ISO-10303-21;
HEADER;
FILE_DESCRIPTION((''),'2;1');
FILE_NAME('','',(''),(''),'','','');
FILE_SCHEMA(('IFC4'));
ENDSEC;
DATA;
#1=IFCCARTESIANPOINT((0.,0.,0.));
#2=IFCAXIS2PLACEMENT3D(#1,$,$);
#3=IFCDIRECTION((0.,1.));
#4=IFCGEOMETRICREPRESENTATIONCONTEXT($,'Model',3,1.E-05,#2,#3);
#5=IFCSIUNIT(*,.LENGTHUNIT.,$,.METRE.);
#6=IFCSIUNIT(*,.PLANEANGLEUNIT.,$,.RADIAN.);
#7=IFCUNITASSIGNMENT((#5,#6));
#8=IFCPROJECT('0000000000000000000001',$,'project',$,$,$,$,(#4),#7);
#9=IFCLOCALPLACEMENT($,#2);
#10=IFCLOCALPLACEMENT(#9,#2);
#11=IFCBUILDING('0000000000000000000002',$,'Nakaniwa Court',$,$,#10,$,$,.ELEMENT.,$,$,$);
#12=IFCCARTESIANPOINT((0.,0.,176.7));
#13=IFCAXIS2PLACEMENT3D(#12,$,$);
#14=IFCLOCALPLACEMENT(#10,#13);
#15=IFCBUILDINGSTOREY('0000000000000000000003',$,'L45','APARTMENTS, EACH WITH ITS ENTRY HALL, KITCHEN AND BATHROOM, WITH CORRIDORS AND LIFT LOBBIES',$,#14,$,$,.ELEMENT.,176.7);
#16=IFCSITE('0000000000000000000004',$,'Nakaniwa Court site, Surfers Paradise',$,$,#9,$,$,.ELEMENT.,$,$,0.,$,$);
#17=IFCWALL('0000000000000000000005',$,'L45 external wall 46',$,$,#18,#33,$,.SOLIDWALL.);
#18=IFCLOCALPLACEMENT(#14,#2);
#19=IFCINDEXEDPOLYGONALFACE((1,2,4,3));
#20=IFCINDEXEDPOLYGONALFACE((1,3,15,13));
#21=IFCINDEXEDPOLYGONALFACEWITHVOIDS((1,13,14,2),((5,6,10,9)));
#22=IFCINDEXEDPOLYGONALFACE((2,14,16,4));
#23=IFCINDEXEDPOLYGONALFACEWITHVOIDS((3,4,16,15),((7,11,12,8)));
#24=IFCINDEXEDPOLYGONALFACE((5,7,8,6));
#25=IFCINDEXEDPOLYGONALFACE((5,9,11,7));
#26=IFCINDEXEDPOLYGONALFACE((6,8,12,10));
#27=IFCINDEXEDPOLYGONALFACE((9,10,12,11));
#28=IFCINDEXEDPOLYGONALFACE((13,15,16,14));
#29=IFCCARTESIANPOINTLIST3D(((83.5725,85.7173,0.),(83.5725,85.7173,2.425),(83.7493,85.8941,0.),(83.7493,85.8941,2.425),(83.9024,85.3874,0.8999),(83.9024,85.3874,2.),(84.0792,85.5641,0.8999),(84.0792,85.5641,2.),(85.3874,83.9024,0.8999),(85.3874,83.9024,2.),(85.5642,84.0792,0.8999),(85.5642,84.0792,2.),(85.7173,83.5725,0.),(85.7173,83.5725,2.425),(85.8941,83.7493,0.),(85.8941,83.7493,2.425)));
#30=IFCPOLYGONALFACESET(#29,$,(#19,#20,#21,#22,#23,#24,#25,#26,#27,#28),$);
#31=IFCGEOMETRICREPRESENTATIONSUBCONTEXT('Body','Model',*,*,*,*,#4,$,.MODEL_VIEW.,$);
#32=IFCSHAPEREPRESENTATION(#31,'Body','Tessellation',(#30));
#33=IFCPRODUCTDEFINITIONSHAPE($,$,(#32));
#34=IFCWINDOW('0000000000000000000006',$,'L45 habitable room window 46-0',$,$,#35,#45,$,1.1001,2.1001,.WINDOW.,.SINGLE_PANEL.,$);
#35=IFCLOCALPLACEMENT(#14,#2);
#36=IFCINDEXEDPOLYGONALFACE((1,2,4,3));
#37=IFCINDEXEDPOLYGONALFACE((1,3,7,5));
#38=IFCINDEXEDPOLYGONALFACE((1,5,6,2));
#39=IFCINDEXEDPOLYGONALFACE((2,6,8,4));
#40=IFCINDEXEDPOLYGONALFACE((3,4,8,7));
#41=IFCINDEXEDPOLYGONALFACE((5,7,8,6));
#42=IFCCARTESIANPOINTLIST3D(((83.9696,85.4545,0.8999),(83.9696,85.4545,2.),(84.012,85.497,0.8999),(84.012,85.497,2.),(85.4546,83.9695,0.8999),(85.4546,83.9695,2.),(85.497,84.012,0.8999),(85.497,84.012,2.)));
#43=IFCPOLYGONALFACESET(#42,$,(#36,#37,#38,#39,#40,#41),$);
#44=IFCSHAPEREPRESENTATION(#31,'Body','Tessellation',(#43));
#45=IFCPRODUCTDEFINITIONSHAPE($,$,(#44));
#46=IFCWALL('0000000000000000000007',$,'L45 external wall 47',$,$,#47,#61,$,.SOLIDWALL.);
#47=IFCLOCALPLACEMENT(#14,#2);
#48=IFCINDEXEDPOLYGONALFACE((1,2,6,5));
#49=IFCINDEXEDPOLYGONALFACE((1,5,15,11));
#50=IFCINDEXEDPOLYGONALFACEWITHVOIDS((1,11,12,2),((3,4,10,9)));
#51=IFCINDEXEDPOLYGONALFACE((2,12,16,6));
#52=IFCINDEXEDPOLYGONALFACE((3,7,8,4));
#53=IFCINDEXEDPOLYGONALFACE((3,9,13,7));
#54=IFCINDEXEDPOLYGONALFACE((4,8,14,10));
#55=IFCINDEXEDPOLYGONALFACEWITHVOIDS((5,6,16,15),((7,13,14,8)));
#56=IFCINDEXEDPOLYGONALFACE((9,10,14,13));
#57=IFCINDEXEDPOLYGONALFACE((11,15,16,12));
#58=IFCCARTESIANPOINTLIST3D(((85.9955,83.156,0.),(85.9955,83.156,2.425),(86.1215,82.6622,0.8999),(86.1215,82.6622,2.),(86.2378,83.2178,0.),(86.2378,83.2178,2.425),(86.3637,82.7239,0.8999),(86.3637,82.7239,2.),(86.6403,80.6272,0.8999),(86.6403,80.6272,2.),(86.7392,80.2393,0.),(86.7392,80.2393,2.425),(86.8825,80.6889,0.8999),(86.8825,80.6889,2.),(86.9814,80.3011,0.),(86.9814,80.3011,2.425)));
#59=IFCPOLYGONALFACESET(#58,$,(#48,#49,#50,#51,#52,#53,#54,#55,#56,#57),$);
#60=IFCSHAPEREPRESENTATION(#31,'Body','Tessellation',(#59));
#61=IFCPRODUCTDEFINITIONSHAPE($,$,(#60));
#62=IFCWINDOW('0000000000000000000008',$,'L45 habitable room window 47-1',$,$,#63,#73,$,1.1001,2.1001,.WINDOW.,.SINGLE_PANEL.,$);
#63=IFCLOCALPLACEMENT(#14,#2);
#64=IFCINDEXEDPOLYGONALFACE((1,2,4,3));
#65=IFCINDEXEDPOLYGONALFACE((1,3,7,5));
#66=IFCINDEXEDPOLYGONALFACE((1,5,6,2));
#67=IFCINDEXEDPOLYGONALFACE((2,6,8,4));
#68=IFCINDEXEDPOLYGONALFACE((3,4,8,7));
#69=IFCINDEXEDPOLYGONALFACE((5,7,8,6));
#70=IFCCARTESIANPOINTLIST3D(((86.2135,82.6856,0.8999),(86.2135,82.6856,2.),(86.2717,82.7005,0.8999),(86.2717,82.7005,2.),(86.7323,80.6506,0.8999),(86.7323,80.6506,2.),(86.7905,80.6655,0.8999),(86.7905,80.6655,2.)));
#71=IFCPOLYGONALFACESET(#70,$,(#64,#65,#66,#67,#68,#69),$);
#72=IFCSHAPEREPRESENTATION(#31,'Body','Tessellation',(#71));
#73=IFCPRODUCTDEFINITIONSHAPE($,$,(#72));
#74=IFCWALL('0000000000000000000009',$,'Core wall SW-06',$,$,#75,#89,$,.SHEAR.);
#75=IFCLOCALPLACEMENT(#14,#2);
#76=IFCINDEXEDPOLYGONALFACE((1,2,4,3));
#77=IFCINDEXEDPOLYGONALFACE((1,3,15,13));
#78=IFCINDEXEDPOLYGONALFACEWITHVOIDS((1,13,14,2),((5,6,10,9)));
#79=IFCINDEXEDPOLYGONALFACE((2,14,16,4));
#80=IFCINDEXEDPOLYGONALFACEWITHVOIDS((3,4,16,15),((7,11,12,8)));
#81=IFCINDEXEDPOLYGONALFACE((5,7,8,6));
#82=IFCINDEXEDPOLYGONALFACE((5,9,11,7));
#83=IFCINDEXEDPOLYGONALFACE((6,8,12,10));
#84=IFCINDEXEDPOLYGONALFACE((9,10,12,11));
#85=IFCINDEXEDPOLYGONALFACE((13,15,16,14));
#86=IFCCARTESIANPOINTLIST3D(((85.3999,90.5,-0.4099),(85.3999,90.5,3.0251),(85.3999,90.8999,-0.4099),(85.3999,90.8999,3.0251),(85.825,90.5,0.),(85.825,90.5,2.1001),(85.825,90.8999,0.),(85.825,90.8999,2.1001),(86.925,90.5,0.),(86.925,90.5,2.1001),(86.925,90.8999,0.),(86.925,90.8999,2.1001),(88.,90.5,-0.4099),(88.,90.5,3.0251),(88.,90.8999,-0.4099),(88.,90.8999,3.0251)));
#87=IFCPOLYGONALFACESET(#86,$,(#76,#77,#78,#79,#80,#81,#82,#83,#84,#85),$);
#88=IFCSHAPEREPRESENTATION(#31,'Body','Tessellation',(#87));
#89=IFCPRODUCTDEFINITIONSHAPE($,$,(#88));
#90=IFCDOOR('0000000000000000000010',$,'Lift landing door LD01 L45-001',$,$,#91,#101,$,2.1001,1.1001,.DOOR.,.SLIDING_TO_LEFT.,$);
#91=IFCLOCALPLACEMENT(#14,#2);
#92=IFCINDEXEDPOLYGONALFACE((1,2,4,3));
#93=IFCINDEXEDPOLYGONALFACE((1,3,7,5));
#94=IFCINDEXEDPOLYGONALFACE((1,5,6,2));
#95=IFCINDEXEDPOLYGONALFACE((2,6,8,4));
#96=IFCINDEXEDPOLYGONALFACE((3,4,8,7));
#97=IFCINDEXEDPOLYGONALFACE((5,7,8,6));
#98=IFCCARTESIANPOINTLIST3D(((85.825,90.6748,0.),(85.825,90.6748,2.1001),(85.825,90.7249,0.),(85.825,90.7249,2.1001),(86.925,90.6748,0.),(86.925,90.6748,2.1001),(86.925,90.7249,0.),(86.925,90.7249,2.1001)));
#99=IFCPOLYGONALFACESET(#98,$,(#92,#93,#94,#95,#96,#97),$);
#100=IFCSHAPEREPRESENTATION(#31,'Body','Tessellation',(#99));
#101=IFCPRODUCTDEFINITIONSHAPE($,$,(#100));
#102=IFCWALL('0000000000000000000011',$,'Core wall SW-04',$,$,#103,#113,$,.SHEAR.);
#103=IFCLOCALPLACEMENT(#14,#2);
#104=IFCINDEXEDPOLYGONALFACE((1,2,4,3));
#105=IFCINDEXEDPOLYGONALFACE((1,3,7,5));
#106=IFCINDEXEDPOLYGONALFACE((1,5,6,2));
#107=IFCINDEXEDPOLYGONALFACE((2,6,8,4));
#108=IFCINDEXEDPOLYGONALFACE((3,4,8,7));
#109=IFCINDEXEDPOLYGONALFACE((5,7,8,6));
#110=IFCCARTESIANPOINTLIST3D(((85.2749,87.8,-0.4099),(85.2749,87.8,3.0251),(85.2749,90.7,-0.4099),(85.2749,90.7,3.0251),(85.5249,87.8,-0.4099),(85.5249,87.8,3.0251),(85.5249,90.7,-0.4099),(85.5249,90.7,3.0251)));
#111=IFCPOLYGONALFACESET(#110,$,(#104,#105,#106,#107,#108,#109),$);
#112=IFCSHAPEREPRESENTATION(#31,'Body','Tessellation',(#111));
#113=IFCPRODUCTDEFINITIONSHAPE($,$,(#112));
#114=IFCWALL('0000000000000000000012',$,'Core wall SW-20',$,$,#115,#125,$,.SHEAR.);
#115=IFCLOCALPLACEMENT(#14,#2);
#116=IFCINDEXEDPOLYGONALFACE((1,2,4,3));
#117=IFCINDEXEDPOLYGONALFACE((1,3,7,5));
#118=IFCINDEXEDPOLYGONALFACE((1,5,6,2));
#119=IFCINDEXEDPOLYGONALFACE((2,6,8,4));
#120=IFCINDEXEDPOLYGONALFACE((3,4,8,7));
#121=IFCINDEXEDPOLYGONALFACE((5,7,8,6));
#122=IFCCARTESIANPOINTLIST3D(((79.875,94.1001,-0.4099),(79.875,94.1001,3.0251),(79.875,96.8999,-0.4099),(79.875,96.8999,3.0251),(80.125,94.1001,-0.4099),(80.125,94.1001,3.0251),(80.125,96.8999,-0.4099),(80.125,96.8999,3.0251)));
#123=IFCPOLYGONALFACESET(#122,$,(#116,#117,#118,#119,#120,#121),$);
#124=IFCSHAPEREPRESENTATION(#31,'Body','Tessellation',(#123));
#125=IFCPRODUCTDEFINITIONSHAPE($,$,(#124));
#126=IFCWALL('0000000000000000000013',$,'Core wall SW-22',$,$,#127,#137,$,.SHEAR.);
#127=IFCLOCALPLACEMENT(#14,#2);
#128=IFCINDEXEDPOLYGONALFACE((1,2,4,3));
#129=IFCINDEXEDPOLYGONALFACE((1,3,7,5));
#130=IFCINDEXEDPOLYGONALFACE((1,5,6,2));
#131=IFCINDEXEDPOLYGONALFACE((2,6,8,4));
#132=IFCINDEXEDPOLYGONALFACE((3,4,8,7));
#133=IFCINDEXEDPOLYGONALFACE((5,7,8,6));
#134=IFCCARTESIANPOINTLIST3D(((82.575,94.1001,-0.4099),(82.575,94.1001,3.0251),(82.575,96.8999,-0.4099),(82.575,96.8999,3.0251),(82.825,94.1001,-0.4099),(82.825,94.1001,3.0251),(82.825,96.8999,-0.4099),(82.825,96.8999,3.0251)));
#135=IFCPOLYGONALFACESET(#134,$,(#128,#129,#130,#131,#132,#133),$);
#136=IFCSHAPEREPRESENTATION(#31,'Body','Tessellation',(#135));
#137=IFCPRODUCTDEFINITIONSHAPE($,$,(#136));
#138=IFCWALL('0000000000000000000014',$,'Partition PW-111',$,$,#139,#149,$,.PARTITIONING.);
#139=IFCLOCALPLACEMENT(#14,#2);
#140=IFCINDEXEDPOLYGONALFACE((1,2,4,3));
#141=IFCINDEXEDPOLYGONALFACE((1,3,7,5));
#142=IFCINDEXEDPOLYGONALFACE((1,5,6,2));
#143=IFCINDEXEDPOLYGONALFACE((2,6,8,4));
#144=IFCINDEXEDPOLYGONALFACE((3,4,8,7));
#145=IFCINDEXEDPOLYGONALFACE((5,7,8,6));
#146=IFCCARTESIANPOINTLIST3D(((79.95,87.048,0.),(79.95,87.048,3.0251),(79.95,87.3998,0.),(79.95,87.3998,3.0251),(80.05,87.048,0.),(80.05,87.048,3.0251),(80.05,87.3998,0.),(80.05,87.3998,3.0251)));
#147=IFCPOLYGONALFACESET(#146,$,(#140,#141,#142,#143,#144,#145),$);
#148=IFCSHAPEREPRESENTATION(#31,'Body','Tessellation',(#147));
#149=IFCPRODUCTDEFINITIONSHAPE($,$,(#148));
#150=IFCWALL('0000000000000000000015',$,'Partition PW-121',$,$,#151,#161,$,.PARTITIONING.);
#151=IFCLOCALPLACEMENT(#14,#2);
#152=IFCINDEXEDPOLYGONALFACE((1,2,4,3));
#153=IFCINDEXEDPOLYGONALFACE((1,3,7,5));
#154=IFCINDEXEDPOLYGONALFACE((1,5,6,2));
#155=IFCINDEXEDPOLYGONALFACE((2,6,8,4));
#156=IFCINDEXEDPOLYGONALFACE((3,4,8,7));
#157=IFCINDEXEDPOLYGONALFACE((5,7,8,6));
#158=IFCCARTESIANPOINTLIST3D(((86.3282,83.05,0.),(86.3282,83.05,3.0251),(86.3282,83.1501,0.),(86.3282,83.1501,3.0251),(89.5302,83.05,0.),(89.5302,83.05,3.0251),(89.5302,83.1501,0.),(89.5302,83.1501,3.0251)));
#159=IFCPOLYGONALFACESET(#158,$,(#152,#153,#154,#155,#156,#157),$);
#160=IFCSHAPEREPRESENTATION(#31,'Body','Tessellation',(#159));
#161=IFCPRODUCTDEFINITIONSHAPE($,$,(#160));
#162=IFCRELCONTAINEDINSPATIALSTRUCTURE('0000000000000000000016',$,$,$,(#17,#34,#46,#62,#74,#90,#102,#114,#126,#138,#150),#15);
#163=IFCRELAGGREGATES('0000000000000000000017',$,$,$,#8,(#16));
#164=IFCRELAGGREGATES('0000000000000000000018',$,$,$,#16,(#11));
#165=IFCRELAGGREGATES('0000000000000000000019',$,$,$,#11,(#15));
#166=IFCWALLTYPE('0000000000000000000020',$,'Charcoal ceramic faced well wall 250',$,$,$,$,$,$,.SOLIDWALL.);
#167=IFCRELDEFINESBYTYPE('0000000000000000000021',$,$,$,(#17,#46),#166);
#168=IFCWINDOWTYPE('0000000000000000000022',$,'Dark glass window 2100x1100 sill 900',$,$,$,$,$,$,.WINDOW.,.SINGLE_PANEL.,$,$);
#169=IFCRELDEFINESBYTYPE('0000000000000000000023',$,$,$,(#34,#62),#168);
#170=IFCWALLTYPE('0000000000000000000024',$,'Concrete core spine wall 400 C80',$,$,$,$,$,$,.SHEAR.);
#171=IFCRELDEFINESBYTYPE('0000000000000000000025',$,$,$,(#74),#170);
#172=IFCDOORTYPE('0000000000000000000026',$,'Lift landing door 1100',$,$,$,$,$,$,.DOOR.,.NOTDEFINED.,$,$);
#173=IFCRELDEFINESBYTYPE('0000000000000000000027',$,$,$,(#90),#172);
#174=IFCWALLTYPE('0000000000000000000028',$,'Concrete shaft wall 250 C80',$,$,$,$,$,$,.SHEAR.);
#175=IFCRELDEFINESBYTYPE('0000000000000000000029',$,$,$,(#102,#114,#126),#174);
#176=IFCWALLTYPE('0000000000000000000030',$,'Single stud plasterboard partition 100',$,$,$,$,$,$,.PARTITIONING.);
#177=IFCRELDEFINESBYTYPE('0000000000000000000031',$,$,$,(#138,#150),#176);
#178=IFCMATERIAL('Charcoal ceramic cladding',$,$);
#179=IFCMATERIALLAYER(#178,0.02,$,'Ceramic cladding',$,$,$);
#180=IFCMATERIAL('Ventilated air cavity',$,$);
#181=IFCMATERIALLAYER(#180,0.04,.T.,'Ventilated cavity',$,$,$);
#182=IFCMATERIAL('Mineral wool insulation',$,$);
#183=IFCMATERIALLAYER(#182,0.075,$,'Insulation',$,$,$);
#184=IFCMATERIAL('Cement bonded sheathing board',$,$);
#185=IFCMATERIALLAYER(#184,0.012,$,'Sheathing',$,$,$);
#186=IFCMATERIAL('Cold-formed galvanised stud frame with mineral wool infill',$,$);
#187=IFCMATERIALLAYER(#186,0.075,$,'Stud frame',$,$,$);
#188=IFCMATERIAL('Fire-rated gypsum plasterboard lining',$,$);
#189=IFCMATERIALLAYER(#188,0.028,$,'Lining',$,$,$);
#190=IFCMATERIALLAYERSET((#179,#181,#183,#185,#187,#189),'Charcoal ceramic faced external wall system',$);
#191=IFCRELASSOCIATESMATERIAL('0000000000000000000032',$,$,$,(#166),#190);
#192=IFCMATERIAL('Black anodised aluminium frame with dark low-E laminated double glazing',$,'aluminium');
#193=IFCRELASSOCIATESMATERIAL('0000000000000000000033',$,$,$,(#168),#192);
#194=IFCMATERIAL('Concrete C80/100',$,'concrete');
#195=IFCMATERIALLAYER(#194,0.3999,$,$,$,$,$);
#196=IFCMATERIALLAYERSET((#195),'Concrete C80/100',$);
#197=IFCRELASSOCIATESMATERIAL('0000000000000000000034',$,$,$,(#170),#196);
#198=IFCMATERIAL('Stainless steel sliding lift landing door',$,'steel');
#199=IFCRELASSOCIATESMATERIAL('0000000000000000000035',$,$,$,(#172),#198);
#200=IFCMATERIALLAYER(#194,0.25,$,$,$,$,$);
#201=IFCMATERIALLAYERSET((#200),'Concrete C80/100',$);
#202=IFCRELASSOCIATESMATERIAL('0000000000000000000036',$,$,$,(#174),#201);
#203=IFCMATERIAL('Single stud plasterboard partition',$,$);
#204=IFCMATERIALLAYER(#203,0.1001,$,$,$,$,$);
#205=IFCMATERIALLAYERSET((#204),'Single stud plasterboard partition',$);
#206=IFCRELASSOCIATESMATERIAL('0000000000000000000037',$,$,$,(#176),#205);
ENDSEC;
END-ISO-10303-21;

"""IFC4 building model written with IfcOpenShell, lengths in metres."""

from ifc_helpers import new_model, si_unit, direction, frame, frame_2d, origin, place, context, subcontext, project, spatial, rectangle, extrude, material, layer, layer_set, type_object, element, fill, save


model = new_model("IFC4")

# Units and contexts
model_context = context("Model", 3, precision=1e-05, world=origin(), true_north=direction((0.0, 1.0)))
body_context = subcontext(model_context, "Body", "Model", "MODEL_VIEW")
ifc_project = project(units=[si_unit("LENGTHUNIT", "METRE"), si_unit("PLANEANGLEUNIT", "RADIAN")], contexts=[model_context])

# Site, building, storey
site_placement = place(None, origin())
site = spatial("IfcSite", under=ifc_project, at=site_placement, Name="Nakaniwa Court site, Surfers Paradise", CompositionType="ELEMENT", RefElevation=0.0)
building_placement = place(site_placement, origin())
building = spatial("IfcBuilding", under=site, at=building_placement, Name="Nakaniwa Court", CompositionType="ELEMENT")
storey_placement = place(building_placement, frame((0.0, 0.0, 176.7)))
storey = spatial("IfcBuildingStorey", under=building, at=storey_placement, Name="L45", Description="APARTMENTS, EACH WITH ITS ENTRY HALL, KITCHEN AND BATHROOM, WITH CORRIDORS AND LIFT LOBBIES", CompositionType="ELEMENT", Elevation=176.7)

# Shared definitions
ifc_material_1 = material(Name="Concrete C80/100", Category="concrete")

# Walls, openings, windows
ifc_material_2 = material(Name="Charcoal ceramic cladding")
ifc_layer_1 = layer(ifc_material_2, 0.02, Name="Ceramic cladding")
ifc_material_3 = material(Name="Ventilated air cavity")
ifc_layer_2 = layer(ifc_material_3, 0.04, ventilated=True, Name="Ventilated cavity")
ifc_material_4 = material(Name="Mineral wool insulation")
ifc_layer_3 = layer(ifc_material_4, 0.075, Name="Insulation")
ifc_material_5 = material(Name="Cement bonded sheathing board")
ifc_layer_4 = layer(ifc_material_5, 0.012, Name="Sheathing")
ifc_material_6 = material(Name="Cold-formed galvanised stud frame with mineral wool infill")
ifc_layer_5 = layer(ifc_material_6, 0.075, Name="Stud frame")
ifc_material_7 = material(Name="Fire-rated gypsum plasterboard lining")
ifc_layer_6 = layer(ifc_material_7, 0.028, Name="Lining")
ifc_layer_set_1 = layer_set([ifc_layer_1, ifc_layer_2, ifc_layer_3, ifc_layer_4, ifc_layer_5, ifc_layer_6], Name="Charcoal ceramic faced external wall system")
wall_type_1 = type_object("IfcWallType", Name="Charcoal ceramic faced well wall 250", PredefinedType="SOLIDWALL", material=ifc_layer_set_1)
ifc_material_8 = material(Name="Black anodised aluminium frame with dark low-E laminated double glazing", Category="aluminium")
window_type = type_object("IfcWindowType", Name="Dark glass window 2100x1100 sill 900", PartitioningType="SINGLE_PANEL", PredefinedType="WINDOW", material=ifc_material_8)
wall_1_placement = place(storey_placement, frame((83.6609, 85.8057, 0.0), z_axis=(0.0, 0.0, 1.0), x_axis=(0.707107, -0.707107, 0.0)))
wall_1 = element("IfcWall", 1, at=wall_1_placement, inside=storey, type_object=wall_type_1, Name="L45 external wall 46", PredefinedType="SOLIDWALL", context=body_context, shape_type="SweptSolid", body=[
    extrude(rectangle(XDim=3.0332, YDim=0.25, at=frame_2d((1.5166, 0.0))), origin(), (0.0, 0.0, 1.0), 2.425),
])
opening_1_placement = place(wall_1_placement, frame((0.4666, 0.0, 0.8999)))
opening_1 = element("IfcOpeningElement", 2, at=opening_1_placement, cuts=wall_1, PredefinedType="OPENING", context=body_context, shape_type="SweptSolid", body=[
    extrude(rectangle(XDim=2.1001, YDim=1.1001, at=frame_2d((1.05, 0.55))), frame((0.0, 0.135, 0.0), z_axis=(0.0, -1.0, 0.0), x_axis=(1.0, 0.0, 0.0)), (0.0, 0.0, 1.0), 0.27),
])
window_1_placement = place(opening_1_placement, origin())
window_1 = element("IfcWindow", 3, at=window_1_placement, inside=storey, type_object=window_type, Name="L45 habitable room window 46-0", OverallHeight=1.1001, OverallWidth=2.1001, PartitioningType="SINGLE_PANEL", PredefinedType="WINDOW", context=body_context, shape_type="SweptSolid", body=[
    extrude(rectangle(XDim=2.1001, YDim=1.1001, at=frame_2d((1.05, 0.55))), frame((0.0, 0.03, 0.0), z_axis=(0.0, -1.0, 0.0), x_axis=(1.0, 0.0, 0.0)), (0.0, 0.0, 1.0), 0.0601),
])
fill(opening_1, window_1)
wall_2_placement = place(storey_placement, frame((86.1167, 83.1868, 0.0), z_axis=(0.0, 0.0, 1.0), x_axis=(0.247056, -0.969001, 0.0)))
wall_2 = element("IfcWall", 4, at=wall_2_placement, inside=storey, type_object=wall_type_1, Name="L45 external wall 47", PredefinedType="SOLIDWALL", context=body_context, shape_type="SweptSolid", body=[
    extrude(rectangle(XDim=3.01, YDim=0.25, at=frame_2d((1.5049, 0.0))), origin(), (0.0, 0.0, 1.0), 2.425),
])
opening_2_placement = place(wall_2_placement, frame((0.5095, 0.0, 0.8999)))
opening_2 = element("IfcOpeningElement", 5, at=opening_2_placement, cuts=wall_2, PredefinedType="OPENING", context=body_context, shape_type="SweptSolid", body=[
    extrude(rectangle(XDim=2.1001, YDim=1.1001, at=frame_2d((1.05, 0.55))), frame((0.0, 0.135, 0.0), z_axis=(0.0, -1.0, 0.0), x_axis=(1.0, 0.0, 0.0)), (0.0, 0.0, 1.0), 0.27),
])
window_2_placement = place(opening_2_placement, origin())
window_2 = element("IfcWindow", 6, at=window_2_placement, inside=storey, type_object=window_type, Name="L45 habitable room window 47-1", OverallHeight=1.1001, OverallWidth=2.1001, PartitioningType="SINGLE_PANEL", PredefinedType="WINDOW", context=body_context, shape_type="SweptSolid", body=[
    extrude(rectangle(XDim=2.1001, YDim=1.1001, at=frame_2d((1.05, 0.55))), frame((0.0, 0.03, 0.0), z_axis=(0.0, -1.0, 0.0), x_axis=(1.0, 0.0, 0.0)), (0.0, 0.0, 1.0), 0.0601),
])
fill(opening_2, window_2)

# Wall, opening, door
ifc_layer_7 = layer(ifc_material_1, 0.3999)
ifc_layer_set_2 = layer_set([ifc_layer_7], Name="Concrete C80/100")
wall_type_2 = type_object("IfcWallType", Name="Concrete core spine wall 400 C80", PredefinedType="SHEAR", material=ifc_layer_set_2)
wall_3_placement = place(storey_placement, frame((85.3999, 90.7, -0.4099), z_axis=(0.0, 0.0, 1.0), x_axis=(1.0, 0.0, 0.0)))
wall_3 = element("IfcWall", 7, at=wall_3_placement, inside=storey, type_object=wall_type_2, Name="Core wall SW-06", PredefinedType="SHEAR", context=body_context, shape_type="SweptSolid", body=[
    extrude(rectangle(XDim=2.6001, YDim=0.3999, at=frame_2d((1.3, 0.0))), origin(), (0.0, 0.0, 1.0), 3.4351),
])
opening_3_placement = place(wall_3_placement, frame((0.425, 0.0, 0.4099)))
opening_3 = element("IfcOpeningElement", 8, at=opening_3_placement, cuts=wall_3, PredefinedType="OPENING", context=body_context, shape_type="SweptSolid", body=[
    extrude(rectangle(XDim=1.1001, YDim=2.1001, at=frame_2d((0.55, 1.05))), frame((0.0, 0.21, 0.0), z_axis=(0.0, -1.0, 0.0), x_axis=(1.0, 0.0, 0.0)), (0.0, 0.0, 1.0), 0.4199),
])
ifc_material_9 = material(Name="Stainless steel sliding lift landing door", Category="steel")
door_type_1 = type_object("IfcDoorType", Name="Lift landing door 1100", OperationType="NOTDEFINED", PredefinedType="DOOR", material=ifc_material_9)
door_1_placement = place(opening_3_placement, origin())
door_1 = element("IfcDoor", 9, at=door_1_placement, inside=storey, type_object=door_type_1, Name="Lift landing door LD01 L45-001", OperationType="SLIDING_TO_LEFT", OverallHeight=2.1001, OverallWidth=1.1001, PredefinedType="DOOR", context=body_context, shape_type="SweptSolid", body=[
    extrude(rectangle(XDim=1.1001, YDim=2.1001, at=frame_2d((0.55, 1.05))), frame((0.0, 0.0249, 0.0), z_axis=(0.0, -1.0, 0.0), x_axis=(1.0, 0.0, 0.0)), (0.0, 0.0, 1.0), 0.05),
])
fill(opening_3, door_1)

# Walls
ifc_layer_8 = layer(ifc_material_1, 0.25)
ifc_layer_set_3 = layer_set([ifc_layer_8], Name="Concrete C80/100")
wall_type_3 = type_object("IfcWallType", Name="Concrete shaft wall 250 C80", PredefinedType="SHEAR", material=ifc_layer_set_3)
wall_4_placement = place(storey_placement, frame((85.3999, 87.8, -0.4099), z_axis=(0.0, 0.0, 1.0), x_axis=(0.0, 1.0, 0.0)))
element("IfcWall", 10, at=wall_4_placement, inside=storey, type_object=wall_type_3, Name="Core wall SW-04", PredefinedType="SHEAR", context=body_context, shape_type="SweptSolid", body=[
    extrude(rectangle(XDim=2.8999, YDim=0.25, at=frame_2d((1.45, 0.0))), origin(), (0.0, 0.0, 1.0), 3.4351),
])
for number, where, z_axis, x_axis, name in (
    (11, (80.0, 94.1001, -0.4099), (0.0, 0.0, 1.0), (0.0, 1.0, 0.0), "Core wall SW-20"),
    (12, (82.7, 94.1001, -0.4099), (0.0, 0.0, 1.0), (0.0, 1.0, 0.0), "Core wall SW-22"),
):
    element("IfcWall", number, at=place(storey_placement, frame(where, z_axis=z_axis, x_axis=x_axis)), inside=storey, type_object=wall_type_3, Name=name, PredefinedType="SHEAR", context=body_context, shape_type="SweptSolid", body=[
        extrude(rectangle(XDim=2.7998, YDim=0.25, at=frame_2d((1.3999, 0.0))), origin(), (0.0, 0.0, 1.0), 3.4351),
    ])
ifc_material_10 = material(Name="Single stud plasterboard partition")
ifc_layer_9 = layer(ifc_material_10, 0.1001)
ifc_layer_set_4 = layer_set([ifc_layer_9], Name="Single stud plasterboard partition")
wall_type_4 = type_object("IfcWallType", Name="Single stud plasterboard partition 100", PredefinedType="PARTITIONING", material=ifc_layer_set_4)
wall_5_placement = place(storey_placement, frame((80.0, 87.0481, 0.0), z_axis=(0.0, 0.0, 1.0), x_axis=(0.0, 1.0, 0.0)))
element("IfcWall", 13, at=wall_5_placement, inside=storey, type_object=wall_type_4, Name="Partition PW-111", PredefinedType="PARTITIONING", context=body_context, shape_type="SweptSolid", body=[
    extrude(rectangle(XDim=0.3518, YDim=0.1001, at=frame_2d((0.1758, 0.0))), origin(), (0.0, 0.0, 1.0), 3.0251),
])
wall_6_placement = place(storey_placement, frame((86.3281, 83.1001, 0.0), z_axis=(0.0, 0.0, 1.0), x_axis=(1.0, 0.0, 0.0)))
element("IfcWall", 14, at=wall_6_placement, inside=storey, type_object=wall_type_4, Name="Partition PW-121", PredefinedType="PARTITIONING", context=body_context, shape_type="SweptSolid", body=[
    extrude(rectangle(XDim=3.2019, YDim=0.1001, at=frame_2d((1.6011, 0.0))), origin(), (0.0, 0.0, 1.0), 3.0251),
])

save(model, "model.ifc")
